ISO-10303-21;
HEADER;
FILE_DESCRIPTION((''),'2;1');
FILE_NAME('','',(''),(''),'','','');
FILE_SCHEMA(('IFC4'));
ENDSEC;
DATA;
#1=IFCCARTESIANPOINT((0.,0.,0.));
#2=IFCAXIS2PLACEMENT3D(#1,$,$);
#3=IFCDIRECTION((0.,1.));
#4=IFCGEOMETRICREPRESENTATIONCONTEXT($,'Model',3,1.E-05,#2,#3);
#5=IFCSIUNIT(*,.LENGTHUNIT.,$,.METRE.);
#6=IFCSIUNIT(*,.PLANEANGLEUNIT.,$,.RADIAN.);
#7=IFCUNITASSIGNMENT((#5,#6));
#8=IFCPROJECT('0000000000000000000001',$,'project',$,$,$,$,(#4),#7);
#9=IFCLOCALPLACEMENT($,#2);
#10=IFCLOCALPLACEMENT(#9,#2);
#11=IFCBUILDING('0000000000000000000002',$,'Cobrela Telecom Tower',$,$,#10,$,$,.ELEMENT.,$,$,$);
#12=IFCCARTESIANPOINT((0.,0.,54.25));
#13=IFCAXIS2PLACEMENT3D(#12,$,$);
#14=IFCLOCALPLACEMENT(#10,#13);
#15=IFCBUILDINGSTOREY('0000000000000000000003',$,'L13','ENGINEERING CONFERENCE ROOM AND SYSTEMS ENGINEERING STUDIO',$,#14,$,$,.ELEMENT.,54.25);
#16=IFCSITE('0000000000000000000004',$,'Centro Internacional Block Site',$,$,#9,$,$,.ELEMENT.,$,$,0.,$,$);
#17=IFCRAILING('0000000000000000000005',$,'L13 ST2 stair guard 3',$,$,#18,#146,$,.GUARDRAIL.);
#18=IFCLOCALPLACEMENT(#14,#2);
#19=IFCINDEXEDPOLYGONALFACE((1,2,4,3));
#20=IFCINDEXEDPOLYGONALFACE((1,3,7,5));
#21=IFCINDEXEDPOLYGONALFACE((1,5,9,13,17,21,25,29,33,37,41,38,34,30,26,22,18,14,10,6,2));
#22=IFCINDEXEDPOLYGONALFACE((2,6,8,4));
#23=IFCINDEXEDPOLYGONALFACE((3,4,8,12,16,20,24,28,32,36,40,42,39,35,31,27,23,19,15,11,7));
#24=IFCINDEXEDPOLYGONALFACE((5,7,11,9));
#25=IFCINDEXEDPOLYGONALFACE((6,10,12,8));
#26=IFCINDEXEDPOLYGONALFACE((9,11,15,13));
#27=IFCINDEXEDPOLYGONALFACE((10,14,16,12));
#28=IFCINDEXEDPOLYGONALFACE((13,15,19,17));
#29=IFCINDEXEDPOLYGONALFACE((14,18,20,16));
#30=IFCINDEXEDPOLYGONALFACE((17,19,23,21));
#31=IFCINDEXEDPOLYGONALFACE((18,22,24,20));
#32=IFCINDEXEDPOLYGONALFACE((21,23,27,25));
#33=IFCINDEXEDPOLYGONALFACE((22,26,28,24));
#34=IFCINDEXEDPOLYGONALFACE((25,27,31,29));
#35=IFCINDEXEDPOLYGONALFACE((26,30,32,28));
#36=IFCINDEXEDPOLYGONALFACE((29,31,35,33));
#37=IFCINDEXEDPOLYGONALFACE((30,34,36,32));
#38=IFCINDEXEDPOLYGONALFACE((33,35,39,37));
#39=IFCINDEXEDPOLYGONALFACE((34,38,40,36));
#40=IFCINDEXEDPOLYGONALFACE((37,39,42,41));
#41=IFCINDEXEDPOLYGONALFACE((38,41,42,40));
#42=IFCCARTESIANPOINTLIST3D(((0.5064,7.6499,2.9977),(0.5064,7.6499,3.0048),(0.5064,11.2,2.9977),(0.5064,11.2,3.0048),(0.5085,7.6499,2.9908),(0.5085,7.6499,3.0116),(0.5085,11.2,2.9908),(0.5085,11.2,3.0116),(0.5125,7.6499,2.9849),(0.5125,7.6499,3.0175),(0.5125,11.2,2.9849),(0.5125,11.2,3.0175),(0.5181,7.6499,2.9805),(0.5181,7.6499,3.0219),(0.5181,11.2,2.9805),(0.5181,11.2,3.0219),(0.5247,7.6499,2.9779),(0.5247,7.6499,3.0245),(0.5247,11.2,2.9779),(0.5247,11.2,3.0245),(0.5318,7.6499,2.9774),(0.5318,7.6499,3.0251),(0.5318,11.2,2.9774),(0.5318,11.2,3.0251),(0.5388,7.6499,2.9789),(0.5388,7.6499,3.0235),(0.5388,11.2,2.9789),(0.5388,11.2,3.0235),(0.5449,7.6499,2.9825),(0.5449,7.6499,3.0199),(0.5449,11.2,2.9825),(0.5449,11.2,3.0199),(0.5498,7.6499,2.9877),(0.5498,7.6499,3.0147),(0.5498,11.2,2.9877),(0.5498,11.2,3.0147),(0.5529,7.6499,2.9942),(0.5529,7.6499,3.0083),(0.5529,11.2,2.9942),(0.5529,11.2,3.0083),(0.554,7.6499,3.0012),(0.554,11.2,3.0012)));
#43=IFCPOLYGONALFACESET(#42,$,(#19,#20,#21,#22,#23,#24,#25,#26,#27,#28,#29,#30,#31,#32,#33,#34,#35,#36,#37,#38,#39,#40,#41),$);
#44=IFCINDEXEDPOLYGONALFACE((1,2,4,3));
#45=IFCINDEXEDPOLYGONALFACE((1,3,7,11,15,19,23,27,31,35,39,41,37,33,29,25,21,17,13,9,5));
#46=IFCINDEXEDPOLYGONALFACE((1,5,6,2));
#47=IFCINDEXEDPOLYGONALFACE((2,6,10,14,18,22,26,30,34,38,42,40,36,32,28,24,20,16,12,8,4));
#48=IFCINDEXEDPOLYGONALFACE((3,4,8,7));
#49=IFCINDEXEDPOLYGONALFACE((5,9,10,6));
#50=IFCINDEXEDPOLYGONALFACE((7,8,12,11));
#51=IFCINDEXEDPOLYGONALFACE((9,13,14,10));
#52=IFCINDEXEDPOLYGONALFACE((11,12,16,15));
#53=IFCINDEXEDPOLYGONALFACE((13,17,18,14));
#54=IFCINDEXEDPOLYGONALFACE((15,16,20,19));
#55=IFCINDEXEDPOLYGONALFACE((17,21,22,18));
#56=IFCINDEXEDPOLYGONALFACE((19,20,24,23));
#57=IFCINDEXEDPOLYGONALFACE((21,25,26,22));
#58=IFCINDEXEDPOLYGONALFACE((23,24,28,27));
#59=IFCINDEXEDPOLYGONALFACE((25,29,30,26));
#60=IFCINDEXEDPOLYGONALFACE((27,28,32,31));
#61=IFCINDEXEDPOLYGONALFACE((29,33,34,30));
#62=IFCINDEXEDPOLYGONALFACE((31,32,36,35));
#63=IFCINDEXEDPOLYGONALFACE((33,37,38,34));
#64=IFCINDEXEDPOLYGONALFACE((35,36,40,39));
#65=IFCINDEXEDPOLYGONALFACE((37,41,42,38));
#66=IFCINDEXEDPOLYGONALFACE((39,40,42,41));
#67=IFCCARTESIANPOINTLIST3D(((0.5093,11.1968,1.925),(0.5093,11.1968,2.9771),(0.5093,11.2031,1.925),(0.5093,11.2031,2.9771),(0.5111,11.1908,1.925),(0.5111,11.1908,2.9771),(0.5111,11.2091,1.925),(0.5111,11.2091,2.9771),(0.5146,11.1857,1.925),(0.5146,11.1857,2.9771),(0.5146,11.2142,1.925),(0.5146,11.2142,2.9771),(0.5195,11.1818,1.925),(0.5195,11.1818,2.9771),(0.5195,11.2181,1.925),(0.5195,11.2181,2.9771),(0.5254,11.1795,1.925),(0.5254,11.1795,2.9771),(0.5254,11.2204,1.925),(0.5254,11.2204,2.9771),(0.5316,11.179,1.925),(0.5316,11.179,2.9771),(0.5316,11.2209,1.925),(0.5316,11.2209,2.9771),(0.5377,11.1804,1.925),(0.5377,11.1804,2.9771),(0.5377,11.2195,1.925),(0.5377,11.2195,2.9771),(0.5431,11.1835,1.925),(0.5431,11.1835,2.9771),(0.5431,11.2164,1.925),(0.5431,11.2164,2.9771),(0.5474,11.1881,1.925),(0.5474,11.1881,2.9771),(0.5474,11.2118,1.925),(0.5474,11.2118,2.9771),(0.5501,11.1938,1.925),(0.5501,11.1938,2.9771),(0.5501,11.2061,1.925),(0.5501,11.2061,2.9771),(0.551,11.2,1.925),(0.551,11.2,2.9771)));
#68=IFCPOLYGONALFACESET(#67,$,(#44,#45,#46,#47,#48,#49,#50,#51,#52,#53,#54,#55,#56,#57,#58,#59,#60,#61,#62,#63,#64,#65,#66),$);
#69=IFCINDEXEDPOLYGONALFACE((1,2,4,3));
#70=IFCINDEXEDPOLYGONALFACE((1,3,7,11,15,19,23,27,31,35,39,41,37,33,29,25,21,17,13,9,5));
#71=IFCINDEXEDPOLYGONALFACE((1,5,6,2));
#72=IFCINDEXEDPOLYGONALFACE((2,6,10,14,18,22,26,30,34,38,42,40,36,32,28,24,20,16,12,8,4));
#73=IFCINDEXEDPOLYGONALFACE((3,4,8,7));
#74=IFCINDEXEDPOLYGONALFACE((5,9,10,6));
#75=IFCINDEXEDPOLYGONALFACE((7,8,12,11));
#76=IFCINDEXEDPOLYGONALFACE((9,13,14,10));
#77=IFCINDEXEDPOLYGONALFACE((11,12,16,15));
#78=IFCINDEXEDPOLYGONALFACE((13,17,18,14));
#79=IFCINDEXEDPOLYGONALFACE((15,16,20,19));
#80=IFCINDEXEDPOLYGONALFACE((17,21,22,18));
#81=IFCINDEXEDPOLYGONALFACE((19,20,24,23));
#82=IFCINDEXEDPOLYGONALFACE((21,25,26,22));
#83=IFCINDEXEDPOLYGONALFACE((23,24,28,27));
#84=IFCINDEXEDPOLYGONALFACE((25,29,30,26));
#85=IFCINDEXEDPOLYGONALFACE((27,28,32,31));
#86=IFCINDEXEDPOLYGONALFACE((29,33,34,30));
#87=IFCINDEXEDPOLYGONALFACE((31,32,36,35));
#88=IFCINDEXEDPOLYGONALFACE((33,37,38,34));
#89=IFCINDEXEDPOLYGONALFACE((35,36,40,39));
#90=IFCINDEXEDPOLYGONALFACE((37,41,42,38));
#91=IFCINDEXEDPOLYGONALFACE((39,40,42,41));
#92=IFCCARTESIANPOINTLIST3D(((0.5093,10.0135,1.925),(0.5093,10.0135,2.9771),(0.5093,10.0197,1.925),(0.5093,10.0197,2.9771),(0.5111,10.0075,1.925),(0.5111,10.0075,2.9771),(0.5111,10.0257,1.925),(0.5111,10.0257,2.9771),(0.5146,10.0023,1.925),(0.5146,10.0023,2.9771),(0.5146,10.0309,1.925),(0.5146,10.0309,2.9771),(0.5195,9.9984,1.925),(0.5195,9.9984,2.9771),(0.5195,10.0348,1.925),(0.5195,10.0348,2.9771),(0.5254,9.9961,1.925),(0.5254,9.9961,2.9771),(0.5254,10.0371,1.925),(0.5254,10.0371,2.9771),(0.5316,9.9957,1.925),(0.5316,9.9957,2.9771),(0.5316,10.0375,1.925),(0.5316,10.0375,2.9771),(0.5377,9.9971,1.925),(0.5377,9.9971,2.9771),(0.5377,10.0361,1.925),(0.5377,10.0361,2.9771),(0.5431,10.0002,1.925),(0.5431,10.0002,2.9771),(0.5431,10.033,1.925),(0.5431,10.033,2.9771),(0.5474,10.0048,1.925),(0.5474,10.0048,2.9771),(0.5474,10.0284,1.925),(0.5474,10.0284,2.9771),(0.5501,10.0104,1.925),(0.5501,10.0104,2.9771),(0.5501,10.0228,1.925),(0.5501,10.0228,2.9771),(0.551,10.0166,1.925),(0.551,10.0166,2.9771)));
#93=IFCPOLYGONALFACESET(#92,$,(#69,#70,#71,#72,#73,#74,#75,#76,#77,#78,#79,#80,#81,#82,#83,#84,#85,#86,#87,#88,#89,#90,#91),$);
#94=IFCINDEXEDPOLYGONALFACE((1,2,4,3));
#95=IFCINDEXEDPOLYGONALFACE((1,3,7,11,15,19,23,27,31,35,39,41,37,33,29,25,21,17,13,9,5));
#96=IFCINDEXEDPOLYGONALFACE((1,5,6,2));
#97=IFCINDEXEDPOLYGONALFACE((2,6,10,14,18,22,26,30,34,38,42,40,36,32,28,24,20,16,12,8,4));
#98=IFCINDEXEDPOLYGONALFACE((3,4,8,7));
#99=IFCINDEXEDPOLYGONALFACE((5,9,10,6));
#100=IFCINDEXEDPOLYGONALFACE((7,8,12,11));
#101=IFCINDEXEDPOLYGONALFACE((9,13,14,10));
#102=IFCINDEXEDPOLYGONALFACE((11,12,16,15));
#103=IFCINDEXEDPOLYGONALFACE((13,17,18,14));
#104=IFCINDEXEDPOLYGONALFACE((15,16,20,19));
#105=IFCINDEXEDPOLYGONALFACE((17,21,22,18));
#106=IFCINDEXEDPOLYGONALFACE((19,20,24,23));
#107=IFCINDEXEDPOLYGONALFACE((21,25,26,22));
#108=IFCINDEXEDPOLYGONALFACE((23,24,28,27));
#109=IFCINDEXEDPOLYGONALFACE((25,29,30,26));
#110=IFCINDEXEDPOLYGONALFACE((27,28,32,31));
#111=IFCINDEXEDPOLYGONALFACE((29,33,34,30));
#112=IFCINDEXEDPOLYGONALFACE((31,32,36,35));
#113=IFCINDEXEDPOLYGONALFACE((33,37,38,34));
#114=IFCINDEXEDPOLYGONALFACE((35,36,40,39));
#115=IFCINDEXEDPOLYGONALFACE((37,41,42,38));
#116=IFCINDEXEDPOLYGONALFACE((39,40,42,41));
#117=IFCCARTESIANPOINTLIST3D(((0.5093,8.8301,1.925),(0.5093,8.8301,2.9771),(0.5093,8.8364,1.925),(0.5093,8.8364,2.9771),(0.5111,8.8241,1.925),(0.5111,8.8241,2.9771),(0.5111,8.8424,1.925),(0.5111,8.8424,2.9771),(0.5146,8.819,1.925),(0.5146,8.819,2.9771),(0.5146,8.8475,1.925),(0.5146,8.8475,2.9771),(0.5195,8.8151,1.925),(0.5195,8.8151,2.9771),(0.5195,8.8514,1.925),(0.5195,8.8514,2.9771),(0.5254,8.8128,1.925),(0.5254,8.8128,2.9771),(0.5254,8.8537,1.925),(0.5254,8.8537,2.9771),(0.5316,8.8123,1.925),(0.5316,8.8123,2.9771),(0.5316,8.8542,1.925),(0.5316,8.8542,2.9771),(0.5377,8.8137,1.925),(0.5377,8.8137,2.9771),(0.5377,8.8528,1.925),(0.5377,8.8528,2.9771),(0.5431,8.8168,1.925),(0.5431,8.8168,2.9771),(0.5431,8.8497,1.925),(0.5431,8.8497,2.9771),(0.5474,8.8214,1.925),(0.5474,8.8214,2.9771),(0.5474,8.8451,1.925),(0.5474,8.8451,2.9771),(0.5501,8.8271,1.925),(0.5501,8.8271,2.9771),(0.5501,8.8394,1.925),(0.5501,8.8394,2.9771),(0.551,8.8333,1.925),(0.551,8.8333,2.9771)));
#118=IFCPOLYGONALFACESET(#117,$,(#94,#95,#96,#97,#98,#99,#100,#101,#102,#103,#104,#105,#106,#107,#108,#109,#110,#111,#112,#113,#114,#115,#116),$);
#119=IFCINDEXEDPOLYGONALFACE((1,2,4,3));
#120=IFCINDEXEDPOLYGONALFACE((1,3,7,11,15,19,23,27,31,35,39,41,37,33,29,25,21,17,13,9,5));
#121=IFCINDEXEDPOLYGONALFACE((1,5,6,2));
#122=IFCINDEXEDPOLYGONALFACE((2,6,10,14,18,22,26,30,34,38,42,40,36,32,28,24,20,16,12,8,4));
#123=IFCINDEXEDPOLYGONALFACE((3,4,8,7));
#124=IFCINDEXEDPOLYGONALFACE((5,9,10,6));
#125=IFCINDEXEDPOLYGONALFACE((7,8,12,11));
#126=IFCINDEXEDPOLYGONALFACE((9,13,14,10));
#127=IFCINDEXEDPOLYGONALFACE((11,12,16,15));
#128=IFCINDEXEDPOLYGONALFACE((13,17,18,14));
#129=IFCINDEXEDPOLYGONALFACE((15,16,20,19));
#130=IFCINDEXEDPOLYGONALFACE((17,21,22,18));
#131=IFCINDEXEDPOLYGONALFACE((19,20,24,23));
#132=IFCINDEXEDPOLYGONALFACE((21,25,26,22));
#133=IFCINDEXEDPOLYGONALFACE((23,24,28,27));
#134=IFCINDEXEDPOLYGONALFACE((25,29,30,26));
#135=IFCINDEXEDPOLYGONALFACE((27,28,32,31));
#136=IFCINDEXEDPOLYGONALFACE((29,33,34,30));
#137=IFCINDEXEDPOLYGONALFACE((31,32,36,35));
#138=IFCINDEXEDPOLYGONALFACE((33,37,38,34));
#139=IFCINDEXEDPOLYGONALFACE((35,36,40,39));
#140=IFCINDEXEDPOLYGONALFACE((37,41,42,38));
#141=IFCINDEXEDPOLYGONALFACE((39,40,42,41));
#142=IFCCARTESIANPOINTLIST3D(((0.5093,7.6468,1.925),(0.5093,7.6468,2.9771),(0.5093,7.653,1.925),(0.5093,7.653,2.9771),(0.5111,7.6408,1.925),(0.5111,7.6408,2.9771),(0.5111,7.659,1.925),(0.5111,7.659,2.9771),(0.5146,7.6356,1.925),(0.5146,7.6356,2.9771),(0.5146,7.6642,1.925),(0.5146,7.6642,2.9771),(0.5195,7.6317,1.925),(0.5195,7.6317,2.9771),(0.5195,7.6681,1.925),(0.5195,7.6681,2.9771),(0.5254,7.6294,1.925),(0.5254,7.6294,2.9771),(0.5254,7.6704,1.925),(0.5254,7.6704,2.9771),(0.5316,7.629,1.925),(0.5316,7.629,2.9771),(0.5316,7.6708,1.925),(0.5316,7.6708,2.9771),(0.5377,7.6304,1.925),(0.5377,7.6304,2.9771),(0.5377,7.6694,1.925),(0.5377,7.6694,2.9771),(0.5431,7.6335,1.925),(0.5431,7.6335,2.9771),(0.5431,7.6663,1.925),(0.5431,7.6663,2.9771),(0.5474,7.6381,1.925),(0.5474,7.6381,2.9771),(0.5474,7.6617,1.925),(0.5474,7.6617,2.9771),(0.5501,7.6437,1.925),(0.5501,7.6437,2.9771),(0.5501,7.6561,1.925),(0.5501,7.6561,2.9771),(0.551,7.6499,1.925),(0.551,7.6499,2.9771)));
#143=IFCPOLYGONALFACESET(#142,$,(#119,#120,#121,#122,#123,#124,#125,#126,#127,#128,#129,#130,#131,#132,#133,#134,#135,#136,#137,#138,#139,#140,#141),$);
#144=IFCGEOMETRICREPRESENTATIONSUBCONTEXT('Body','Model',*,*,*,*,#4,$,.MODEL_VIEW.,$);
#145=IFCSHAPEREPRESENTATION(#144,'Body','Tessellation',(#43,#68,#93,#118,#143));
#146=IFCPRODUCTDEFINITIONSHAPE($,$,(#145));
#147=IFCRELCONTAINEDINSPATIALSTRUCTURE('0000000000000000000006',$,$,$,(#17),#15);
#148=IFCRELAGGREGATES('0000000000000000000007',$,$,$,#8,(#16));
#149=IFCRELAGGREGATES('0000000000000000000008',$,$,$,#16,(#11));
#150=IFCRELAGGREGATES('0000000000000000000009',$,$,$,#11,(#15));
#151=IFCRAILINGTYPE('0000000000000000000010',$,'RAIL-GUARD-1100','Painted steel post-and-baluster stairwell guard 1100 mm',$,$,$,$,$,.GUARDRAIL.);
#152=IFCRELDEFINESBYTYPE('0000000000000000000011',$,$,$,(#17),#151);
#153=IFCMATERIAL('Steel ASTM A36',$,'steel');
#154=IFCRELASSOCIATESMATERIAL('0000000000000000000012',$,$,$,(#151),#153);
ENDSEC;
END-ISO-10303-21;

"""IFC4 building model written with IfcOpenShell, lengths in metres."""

from ifc_helpers import new_model, si_unit, direction, frame, origin, origin_2d, place, context, subcontext, project, spatial, circle, extrude, material, type_object, element, save


model = new_model("IFC4")

# Units and contexts
model_context = context("Model", 3, precision=1e-05, world=origin(), true_north=direction((0.0, 1.0)))
body_context = subcontext(model_context, "Body", "Model", "MODEL_VIEW")
ifc_project = project(units=[si_unit("LENGTHUNIT", "METRE"), si_unit("PLANEANGLEUNIT", "RADIAN")], contexts=[model_context])

# Site, building, storey
site_placement = place(None, origin())
site = spatial("IfcSite", under=ifc_project, at=site_placement, Name="Centro Internacional Block Site", CompositionType="ELEMENT", RefElevation=0.0)
building_placement = place(site_placement, origin())
building = spatial("IfcBuilding", under=site, at=building_placement, Name="Cobrela Telecom Tower", CompositionType="ELEMENT")
storey_placement = place(building_placement, frame((0.0, 0.0, 54.25)))
storey = spatial("IfcBuildingStorey", under=building, at=storey_placement, Name="L13", Description="ENGINEERING CONFERENCE ROOM AND SYSTEMS ENGINEERING STUDIO", CompositionType="ELEMENT", Elevation=54.25)

# Railing
ifc_material_1 = material(Name="Steel ASTM A36", Category="steel")
railing_type_1 = type_object("IfcRailingType", Name="RAIL-GUARD-1100", Description="Painted steel post-and-baluster stairwell guard 1100 mm", PredefinedType="GUARDRAIL", material=ifc_material_1)
railing_1_placement = place(storey_placement, frame((0.53, 11.2, 1.925)))
element("IfcRailing", 1, at=railing_1_placement, inside=storey, type_object=railing_type_1, Name="L13 ST2 stair guard 3", PredefinedType="GUARDRAIL", context=body_context, shape_type="SweptSolid", body=[
    extrude(circle(Radius=0.0239, at=origin_2d()), frame((0.0, 0.0, 1.0762), z_axis=(0.0, -1.0, 0.0), x_axis=(1.0, 0.0, 0.0)), (0.0, 0.0, 1.0), 3.55),
    extrude(circle(Radius=0.021, at=origin_2d()), origin(), (0.0, 0.0, 1.0), 1.052),
    extrude(circle(Radius=0.021, at=origin_2d()), frame((0.0, -1.1833, 0.0)), (0.0, 0.0, 1.0), 1.052),
    extrude(circle(Radius=0.021, at=origin_2d()), frame((0.0, -2.3667, 0.0)), (0.0, 0.0, 1.0), 1.052),
    extrude(circle(Radius=0.021, at=origin_2d()), frame((0.0, -3.55, 0.0)), (0.0, 0.0, 1.0), 1.052),
])

save(model, "model.ifc")
